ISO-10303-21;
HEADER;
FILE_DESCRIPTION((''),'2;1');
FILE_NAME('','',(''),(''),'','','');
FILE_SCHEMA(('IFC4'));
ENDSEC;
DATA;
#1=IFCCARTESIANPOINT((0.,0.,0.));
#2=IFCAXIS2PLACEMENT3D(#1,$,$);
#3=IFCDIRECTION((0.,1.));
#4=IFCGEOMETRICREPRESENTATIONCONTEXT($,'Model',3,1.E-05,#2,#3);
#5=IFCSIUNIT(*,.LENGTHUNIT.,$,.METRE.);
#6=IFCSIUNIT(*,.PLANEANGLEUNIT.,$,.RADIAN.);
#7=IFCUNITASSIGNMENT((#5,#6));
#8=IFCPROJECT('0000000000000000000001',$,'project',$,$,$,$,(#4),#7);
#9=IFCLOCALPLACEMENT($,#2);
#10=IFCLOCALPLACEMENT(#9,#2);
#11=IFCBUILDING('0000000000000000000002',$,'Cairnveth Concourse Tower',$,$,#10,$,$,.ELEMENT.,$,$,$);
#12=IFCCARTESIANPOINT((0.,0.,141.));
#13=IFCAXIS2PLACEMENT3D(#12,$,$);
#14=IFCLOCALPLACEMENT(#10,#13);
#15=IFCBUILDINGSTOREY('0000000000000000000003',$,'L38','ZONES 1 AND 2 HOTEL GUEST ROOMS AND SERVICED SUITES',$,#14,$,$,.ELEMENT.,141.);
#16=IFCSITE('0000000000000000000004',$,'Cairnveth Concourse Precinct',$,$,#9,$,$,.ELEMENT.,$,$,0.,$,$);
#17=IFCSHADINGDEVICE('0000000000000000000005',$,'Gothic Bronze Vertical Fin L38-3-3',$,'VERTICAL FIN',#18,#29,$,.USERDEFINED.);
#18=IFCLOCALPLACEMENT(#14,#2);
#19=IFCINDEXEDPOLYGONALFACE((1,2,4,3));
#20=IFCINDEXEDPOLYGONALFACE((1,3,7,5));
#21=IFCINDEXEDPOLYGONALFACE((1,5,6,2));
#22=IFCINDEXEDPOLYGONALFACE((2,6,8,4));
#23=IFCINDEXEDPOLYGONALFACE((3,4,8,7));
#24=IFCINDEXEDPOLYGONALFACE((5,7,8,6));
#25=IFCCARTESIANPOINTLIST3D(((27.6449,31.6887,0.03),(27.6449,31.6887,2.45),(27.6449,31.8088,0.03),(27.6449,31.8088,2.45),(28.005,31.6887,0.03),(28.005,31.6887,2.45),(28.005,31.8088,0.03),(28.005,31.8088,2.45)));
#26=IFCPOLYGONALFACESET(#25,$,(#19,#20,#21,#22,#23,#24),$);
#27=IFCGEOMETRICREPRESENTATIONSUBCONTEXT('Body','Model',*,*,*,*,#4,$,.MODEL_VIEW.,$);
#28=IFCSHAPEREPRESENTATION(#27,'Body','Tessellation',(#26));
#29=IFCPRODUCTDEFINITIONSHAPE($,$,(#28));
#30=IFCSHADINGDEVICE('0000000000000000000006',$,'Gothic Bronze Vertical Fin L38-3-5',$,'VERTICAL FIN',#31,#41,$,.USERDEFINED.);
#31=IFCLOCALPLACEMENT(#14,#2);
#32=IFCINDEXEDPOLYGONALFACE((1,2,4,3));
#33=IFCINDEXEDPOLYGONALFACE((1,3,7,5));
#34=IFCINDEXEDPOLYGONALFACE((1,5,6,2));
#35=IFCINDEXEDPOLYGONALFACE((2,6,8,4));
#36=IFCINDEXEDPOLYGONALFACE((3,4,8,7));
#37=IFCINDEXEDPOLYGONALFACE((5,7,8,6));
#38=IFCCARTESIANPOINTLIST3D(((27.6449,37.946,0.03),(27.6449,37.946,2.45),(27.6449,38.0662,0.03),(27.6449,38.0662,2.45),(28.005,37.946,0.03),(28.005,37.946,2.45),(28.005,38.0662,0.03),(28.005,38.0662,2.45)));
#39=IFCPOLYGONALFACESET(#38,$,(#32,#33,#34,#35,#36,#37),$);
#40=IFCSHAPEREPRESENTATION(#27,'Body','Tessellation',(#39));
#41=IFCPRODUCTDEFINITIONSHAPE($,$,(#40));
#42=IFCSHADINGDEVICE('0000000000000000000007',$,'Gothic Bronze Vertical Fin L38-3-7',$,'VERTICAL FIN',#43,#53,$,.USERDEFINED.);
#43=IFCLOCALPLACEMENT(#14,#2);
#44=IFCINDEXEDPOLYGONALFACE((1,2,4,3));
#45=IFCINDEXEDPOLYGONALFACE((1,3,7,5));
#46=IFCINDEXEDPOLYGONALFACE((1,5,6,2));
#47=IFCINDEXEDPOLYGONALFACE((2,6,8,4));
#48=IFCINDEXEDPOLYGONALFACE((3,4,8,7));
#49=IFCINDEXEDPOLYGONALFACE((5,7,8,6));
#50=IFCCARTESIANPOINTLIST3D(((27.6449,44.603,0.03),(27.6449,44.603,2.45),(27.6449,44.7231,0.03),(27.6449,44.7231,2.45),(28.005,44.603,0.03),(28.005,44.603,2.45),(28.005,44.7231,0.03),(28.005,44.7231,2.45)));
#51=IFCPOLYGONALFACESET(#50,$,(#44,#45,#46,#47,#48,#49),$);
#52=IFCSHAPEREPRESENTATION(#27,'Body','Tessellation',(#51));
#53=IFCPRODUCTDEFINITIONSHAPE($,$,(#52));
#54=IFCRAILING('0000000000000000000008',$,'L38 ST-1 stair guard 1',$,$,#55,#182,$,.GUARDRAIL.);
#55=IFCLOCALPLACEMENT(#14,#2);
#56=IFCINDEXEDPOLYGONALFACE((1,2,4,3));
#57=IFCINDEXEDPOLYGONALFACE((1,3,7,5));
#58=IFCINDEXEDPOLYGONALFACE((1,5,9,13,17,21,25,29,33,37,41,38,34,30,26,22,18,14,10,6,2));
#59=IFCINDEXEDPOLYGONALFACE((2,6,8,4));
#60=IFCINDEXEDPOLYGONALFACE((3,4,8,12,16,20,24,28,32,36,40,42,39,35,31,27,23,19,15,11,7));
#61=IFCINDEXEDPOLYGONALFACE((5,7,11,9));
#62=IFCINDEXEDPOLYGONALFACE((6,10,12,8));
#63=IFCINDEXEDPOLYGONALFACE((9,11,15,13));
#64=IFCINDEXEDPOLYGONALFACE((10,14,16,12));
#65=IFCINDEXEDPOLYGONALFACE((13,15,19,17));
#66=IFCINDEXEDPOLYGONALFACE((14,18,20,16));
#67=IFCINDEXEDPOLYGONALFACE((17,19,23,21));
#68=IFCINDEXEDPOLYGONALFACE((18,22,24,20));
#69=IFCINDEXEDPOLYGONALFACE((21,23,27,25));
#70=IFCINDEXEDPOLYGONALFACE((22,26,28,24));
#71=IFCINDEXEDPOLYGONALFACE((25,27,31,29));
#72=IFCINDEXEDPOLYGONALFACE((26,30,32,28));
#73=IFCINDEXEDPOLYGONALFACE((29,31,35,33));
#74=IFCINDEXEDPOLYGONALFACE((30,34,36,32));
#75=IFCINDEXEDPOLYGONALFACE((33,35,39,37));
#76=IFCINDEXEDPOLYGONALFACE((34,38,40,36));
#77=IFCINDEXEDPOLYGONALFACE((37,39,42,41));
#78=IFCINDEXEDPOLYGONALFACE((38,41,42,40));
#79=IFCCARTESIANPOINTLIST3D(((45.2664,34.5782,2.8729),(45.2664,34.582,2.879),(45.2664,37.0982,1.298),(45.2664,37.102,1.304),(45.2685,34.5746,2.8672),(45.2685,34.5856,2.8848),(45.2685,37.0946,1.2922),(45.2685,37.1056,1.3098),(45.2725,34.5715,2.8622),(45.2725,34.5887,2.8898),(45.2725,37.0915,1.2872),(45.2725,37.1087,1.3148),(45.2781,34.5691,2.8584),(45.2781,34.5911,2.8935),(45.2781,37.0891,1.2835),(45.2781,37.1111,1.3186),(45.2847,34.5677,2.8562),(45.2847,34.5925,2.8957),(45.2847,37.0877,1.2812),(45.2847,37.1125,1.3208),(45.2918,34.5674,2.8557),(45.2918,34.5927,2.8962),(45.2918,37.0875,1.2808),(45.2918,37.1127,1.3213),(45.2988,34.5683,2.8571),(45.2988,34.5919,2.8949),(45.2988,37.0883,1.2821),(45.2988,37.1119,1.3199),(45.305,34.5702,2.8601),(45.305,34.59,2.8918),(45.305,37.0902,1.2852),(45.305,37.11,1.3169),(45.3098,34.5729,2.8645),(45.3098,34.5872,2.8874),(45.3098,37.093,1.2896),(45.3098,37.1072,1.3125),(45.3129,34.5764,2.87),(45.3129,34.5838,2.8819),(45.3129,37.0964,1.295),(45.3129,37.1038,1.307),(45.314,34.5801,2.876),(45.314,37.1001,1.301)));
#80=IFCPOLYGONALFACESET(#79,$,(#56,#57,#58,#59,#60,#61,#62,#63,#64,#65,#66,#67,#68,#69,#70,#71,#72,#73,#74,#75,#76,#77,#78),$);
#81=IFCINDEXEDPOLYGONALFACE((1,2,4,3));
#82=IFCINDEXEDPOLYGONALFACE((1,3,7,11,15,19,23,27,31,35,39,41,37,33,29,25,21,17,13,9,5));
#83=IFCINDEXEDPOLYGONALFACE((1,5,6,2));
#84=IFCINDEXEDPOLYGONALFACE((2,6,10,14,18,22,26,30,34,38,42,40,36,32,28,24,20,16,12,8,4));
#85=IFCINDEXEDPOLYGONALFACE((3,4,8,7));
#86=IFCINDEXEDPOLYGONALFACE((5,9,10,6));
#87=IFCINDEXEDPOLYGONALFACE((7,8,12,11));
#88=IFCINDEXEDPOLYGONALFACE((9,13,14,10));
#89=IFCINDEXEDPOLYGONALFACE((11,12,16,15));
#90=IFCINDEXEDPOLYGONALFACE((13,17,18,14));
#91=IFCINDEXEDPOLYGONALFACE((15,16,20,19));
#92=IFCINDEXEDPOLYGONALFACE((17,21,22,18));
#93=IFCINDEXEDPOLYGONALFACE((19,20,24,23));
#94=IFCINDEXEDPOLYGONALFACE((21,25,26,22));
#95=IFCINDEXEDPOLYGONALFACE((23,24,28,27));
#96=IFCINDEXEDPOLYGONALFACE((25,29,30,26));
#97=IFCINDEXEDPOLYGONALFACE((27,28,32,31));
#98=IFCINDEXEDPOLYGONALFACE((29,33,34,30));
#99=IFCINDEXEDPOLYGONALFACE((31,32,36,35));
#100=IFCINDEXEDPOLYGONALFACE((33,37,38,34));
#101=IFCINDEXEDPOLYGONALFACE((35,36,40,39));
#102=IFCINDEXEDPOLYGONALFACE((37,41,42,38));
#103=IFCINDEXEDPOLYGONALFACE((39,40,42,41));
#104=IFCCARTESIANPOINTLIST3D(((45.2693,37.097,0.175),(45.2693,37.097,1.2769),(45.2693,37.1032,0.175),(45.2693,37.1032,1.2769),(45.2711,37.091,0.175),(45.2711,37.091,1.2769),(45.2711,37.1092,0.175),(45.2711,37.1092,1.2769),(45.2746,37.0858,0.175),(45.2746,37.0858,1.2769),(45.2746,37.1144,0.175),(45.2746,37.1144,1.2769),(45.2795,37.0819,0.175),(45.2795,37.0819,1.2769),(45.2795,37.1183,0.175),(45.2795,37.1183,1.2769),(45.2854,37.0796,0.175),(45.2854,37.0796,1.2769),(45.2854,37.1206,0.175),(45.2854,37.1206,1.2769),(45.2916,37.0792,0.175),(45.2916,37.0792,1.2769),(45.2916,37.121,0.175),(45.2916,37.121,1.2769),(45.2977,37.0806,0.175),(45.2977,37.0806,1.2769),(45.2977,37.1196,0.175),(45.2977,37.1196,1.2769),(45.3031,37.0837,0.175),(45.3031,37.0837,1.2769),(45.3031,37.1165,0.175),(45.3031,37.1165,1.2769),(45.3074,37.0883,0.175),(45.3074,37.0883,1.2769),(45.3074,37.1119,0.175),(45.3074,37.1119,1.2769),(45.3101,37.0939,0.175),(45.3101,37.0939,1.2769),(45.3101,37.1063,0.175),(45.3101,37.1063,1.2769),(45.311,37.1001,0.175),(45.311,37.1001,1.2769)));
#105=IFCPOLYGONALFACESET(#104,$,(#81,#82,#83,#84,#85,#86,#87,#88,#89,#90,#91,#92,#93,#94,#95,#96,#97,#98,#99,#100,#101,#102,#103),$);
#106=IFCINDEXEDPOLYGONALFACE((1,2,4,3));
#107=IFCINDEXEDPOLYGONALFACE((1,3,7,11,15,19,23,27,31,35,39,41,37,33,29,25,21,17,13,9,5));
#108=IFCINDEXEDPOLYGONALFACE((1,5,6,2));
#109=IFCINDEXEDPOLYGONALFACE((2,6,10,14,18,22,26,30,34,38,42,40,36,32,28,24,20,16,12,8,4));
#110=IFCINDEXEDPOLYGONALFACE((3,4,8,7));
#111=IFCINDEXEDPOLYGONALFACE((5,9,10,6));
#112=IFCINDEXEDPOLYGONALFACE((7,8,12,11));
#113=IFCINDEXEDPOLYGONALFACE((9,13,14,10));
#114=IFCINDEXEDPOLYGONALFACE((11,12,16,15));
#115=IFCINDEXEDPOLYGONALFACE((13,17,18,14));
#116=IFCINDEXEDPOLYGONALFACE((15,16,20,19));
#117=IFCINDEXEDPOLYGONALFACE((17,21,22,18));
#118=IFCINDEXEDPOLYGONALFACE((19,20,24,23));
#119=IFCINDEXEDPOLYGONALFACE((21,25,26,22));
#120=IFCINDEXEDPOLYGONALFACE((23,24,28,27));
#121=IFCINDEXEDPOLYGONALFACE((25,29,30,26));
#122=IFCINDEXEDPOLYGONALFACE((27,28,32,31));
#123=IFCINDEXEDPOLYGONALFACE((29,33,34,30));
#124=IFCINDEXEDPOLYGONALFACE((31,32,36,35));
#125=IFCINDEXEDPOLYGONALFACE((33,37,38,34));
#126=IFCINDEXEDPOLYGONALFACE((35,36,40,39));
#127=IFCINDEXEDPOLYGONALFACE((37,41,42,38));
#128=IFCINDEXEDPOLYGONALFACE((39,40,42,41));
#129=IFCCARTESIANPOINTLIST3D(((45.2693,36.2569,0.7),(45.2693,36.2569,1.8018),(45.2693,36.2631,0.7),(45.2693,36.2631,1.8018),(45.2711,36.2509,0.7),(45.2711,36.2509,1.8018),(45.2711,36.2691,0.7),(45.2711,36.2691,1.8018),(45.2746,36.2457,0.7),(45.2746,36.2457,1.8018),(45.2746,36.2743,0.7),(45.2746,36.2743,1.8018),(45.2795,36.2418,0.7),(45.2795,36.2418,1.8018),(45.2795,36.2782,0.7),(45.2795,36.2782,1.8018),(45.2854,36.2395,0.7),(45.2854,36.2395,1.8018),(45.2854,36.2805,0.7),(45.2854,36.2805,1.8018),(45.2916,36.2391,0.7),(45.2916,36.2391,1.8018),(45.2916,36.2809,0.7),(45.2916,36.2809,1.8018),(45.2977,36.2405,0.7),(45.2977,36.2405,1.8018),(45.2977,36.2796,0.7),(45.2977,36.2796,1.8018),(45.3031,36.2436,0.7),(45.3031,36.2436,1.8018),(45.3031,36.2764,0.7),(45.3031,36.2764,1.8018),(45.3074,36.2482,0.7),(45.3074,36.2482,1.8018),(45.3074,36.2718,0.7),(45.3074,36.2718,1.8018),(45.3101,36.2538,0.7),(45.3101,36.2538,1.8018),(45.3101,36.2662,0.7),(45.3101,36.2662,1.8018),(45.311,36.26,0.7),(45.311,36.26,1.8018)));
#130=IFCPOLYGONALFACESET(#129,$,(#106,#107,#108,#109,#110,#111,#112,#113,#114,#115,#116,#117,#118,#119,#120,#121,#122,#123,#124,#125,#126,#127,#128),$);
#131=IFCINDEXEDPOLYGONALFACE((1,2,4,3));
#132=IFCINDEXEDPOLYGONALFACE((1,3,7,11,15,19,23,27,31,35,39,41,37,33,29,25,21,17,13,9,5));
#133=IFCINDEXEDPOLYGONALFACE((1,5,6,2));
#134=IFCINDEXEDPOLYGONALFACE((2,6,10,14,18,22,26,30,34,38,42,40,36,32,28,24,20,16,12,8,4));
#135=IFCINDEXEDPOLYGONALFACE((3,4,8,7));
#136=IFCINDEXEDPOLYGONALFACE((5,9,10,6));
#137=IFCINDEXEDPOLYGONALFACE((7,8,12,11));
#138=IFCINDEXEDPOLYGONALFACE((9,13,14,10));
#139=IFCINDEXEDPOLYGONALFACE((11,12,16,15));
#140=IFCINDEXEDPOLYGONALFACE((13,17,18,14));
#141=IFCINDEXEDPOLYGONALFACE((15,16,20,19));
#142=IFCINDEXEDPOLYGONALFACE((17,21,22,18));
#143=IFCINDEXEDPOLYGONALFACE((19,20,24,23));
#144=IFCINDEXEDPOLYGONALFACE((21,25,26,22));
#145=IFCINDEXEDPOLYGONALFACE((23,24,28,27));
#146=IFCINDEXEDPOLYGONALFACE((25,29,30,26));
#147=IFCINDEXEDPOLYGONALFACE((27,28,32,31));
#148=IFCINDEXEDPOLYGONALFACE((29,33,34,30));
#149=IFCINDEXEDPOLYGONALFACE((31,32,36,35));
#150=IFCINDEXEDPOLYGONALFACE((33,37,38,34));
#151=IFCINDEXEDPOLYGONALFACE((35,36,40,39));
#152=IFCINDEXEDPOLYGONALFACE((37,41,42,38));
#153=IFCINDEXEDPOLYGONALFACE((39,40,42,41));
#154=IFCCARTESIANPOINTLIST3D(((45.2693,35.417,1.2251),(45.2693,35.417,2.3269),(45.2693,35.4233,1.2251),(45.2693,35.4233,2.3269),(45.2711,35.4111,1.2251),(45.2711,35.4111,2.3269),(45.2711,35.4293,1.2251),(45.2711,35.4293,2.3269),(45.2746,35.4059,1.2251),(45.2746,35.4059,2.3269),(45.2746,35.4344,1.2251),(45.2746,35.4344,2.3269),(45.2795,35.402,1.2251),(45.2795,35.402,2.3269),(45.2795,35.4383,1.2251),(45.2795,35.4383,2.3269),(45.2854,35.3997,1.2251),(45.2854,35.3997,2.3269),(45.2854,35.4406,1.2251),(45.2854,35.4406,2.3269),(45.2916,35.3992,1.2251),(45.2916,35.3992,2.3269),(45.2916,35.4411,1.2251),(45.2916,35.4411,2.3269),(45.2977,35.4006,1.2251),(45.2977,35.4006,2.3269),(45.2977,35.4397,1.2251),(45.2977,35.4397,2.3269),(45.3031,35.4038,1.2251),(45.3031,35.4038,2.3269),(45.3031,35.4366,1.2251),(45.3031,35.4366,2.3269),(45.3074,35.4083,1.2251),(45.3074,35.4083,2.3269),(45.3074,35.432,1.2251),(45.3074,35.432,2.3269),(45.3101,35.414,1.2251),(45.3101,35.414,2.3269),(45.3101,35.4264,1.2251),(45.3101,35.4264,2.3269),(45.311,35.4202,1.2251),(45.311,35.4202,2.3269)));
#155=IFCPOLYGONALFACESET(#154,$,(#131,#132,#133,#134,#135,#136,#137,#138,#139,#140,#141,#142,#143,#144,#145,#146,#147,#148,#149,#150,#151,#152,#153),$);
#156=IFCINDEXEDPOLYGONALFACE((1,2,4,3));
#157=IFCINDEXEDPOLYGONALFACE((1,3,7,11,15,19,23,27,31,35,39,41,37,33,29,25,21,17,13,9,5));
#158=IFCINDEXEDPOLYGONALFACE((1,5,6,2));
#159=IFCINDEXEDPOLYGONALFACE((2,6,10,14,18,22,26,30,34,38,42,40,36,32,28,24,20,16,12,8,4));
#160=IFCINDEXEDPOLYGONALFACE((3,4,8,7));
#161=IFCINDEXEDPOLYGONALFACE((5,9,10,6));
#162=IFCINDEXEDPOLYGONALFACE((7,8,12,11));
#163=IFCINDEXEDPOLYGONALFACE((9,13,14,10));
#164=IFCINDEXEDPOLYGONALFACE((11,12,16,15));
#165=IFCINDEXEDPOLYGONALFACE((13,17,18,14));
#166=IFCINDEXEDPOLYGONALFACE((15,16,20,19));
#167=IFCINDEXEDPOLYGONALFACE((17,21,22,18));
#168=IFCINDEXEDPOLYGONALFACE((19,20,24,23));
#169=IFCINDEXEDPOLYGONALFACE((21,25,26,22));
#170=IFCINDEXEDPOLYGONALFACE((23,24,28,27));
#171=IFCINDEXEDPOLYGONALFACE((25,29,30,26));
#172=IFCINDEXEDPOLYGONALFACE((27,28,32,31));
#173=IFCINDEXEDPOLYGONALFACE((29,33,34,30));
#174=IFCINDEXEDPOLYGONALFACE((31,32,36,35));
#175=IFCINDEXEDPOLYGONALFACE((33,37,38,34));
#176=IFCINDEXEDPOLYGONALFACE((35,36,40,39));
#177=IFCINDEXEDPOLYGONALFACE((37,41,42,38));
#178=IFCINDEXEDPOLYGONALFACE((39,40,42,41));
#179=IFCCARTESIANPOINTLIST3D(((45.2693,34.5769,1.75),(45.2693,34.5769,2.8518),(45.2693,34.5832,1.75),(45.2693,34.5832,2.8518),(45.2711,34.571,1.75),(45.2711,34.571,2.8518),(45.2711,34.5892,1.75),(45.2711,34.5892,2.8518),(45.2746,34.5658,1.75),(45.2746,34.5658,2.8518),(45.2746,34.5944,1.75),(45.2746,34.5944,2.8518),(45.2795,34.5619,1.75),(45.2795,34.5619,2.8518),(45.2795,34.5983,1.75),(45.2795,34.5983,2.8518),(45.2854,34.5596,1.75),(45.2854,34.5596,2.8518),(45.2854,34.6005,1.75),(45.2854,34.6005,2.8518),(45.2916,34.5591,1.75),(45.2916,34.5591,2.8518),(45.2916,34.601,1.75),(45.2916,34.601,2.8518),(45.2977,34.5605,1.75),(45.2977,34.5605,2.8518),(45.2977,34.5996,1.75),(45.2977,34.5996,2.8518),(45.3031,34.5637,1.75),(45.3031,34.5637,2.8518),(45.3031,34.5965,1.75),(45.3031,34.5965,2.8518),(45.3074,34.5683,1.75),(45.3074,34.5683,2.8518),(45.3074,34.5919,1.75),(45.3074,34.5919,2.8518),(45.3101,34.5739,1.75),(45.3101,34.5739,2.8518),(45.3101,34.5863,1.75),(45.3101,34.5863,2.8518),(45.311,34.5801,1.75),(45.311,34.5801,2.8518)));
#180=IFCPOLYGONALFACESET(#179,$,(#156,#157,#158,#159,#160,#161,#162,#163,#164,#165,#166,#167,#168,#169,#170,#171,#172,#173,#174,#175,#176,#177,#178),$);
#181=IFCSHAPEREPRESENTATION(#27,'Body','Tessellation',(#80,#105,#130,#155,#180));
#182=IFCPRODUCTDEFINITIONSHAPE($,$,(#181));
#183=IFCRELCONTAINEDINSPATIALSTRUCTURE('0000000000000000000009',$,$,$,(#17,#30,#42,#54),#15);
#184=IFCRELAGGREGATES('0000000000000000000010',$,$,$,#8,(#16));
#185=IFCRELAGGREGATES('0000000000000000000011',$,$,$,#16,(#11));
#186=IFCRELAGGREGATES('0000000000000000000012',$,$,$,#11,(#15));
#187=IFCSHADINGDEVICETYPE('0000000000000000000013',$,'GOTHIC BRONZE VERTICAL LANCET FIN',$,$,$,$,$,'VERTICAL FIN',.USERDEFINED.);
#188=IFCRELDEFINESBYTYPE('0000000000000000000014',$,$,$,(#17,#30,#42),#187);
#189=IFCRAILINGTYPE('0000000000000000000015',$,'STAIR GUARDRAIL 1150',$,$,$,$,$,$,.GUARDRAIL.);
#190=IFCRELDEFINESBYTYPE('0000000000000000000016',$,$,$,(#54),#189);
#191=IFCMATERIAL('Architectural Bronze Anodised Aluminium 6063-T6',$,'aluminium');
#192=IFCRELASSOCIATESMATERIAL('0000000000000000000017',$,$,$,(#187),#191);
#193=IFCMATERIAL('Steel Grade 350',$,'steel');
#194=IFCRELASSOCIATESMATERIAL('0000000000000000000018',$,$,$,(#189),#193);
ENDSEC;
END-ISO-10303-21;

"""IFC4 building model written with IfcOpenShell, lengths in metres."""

from ifc_helpers import new_model, si_unit, direction, frame, origin, origin_2d, place, context, subcontext, project, spatial, rectangle, circle, extrude, material, type_object, element, save


model = new_model("IFC4")

# Units and contexts
model_context = context("Model", 3, precision=1e-05, world=origin(), true_north=direction((0.0, 1.0)))
body_context = subcontext(model_context, "Body", "Model", "MODEL_VIEW")
ifc_project = project(units=[si_unit("LENGTHUNIT", "METRE"), si_unit("PLANEANGLEUNIT", "RADIAN")], contexts=[model_context])

# Site, building, storey
site_placement = place(None, origin())
site = spatial("IfcSite", under=ifc_project, at=site_placement, Name="Cairnveth Concourse Precinct", CompositionType="ELEMENT", RefElevation=0.0)
building_placement = place(site_placement, origin())
building = spatial("IfcBuilding", under=site, at=building_placement, Name="Cairnveth Concourse Tower", CompositionType="ELEMENT")
storey_placement = place(building_placement, frame((0.0, 0.0, 141.0)))
storey = spatial("IfcBuildingStorey", under=building, at=storey_placement, Name="L38", Description="ZONES 1 AND 2 HOTEL GUEST ROOMS AND SERVICED SUITES", CompositionType="ELEMENT", Elevation=141.0)

# Shared definitions
ifc_material_1 = material(Name="Steel Grade 350", Category="steel")

# Shared definitions
ifc_material_2 = material(Name="Architectural Bronze Anodised Aluminium 6063-T6", Category="aluminium")

# Shading devices
shading_device_type = type_object("IfcShadingDeviceType", Name="GOTHIC BRONZE VERTICAL LANCET FIN", ElementType="VERTICAL FIN", PredefinedType="USERDEFINED", material=ifc_material_2)
for number, where, z_axis, x_axis, name in (
    (1, (27.825, 31.7488, 0.03), (0.0, 0.0, 1.0), (0.0, 1.0, 0.0), "Gothic Bronze Vertical Fin L38-3-3"),
    (2, (27.825, 38.0061, 0.03), (0.0, 0.0, 1.0), (0.0, 1.0, 0.0), "Gothic Bronze Vertical Fin L38-3-5"),
    (3, (27.825, 44.6631, 0.03), (0.0, 0.0, 1.0), (0.0, 1.0, 0.0), "Gothic Bronze Vertical Fin L38-3-7"),
):
    element("IfcShadingDevice", number, at=place(storey_placement, frame(where, z_axis=z_axis, x_axis=x_axis)), inside=storey, type_object=shading_device_type, Name=name, ObjectType="VERTICAL FIN", PredefinedType="USERDEFINED", context=body_context, shape_type="SweptSolid", body=[
        extrude(rectangle(XDim=0.1201, YDim=0.3601, at=origin_2d()), origin(), (0.0, 0.0, 1.0), 2.4199),
    ])

# Railing
railing_type_1 = type_object("IfcRailingType", Name="STAIR GUARDRAIL 1150", PredefinedType="GUARDRAIL", material=ifc_material_1)
railing_1_placement = place(storey_placement, frame((45.29, 37.1001, 0.175)))
element("IfcRailing", 4, at=railing_1_placement, inside=storey, type_object=railing_type_1, Name="L38 ST-1 stair guard 1", PredefinedType="GUARDRAIL", context=body_context, shape_type="SweptSolid", body=[
    extrude(circle(Radius=0.0239, at=origin_2d()), frame((0.0, 0.0, 1.126), z_axis=(0.0, -0.848008, 0.529984), x_axis=(1.0, 0.0, 0.0)), (0.0, 0.0, 1.0), 2.9717),
    extrude(circle(Radius=0.021, at=origin_2d()), origin(), (0.0, 0.0, 1.0), 1.1018),
    extrude(circle(Radius=0.021, at=origin_2d()), frame((0.0, -0.8401, 0.5249)), (0.0, 0.0, 1.0), 1.1018),
    extrude(circle(Radius=0.021, at=origin_2d()), frame((0.0, -1.6799, 1.05)), (0.0, 0.0, 1.0), 1.1018),
    extrude(circle(Radius=0.021, at=origin_2d()), frame((0.0, -2.52, 1.575)), (0.0, 0.0, 1.0), 1.1018),
])

save(model, "model.ifc")
